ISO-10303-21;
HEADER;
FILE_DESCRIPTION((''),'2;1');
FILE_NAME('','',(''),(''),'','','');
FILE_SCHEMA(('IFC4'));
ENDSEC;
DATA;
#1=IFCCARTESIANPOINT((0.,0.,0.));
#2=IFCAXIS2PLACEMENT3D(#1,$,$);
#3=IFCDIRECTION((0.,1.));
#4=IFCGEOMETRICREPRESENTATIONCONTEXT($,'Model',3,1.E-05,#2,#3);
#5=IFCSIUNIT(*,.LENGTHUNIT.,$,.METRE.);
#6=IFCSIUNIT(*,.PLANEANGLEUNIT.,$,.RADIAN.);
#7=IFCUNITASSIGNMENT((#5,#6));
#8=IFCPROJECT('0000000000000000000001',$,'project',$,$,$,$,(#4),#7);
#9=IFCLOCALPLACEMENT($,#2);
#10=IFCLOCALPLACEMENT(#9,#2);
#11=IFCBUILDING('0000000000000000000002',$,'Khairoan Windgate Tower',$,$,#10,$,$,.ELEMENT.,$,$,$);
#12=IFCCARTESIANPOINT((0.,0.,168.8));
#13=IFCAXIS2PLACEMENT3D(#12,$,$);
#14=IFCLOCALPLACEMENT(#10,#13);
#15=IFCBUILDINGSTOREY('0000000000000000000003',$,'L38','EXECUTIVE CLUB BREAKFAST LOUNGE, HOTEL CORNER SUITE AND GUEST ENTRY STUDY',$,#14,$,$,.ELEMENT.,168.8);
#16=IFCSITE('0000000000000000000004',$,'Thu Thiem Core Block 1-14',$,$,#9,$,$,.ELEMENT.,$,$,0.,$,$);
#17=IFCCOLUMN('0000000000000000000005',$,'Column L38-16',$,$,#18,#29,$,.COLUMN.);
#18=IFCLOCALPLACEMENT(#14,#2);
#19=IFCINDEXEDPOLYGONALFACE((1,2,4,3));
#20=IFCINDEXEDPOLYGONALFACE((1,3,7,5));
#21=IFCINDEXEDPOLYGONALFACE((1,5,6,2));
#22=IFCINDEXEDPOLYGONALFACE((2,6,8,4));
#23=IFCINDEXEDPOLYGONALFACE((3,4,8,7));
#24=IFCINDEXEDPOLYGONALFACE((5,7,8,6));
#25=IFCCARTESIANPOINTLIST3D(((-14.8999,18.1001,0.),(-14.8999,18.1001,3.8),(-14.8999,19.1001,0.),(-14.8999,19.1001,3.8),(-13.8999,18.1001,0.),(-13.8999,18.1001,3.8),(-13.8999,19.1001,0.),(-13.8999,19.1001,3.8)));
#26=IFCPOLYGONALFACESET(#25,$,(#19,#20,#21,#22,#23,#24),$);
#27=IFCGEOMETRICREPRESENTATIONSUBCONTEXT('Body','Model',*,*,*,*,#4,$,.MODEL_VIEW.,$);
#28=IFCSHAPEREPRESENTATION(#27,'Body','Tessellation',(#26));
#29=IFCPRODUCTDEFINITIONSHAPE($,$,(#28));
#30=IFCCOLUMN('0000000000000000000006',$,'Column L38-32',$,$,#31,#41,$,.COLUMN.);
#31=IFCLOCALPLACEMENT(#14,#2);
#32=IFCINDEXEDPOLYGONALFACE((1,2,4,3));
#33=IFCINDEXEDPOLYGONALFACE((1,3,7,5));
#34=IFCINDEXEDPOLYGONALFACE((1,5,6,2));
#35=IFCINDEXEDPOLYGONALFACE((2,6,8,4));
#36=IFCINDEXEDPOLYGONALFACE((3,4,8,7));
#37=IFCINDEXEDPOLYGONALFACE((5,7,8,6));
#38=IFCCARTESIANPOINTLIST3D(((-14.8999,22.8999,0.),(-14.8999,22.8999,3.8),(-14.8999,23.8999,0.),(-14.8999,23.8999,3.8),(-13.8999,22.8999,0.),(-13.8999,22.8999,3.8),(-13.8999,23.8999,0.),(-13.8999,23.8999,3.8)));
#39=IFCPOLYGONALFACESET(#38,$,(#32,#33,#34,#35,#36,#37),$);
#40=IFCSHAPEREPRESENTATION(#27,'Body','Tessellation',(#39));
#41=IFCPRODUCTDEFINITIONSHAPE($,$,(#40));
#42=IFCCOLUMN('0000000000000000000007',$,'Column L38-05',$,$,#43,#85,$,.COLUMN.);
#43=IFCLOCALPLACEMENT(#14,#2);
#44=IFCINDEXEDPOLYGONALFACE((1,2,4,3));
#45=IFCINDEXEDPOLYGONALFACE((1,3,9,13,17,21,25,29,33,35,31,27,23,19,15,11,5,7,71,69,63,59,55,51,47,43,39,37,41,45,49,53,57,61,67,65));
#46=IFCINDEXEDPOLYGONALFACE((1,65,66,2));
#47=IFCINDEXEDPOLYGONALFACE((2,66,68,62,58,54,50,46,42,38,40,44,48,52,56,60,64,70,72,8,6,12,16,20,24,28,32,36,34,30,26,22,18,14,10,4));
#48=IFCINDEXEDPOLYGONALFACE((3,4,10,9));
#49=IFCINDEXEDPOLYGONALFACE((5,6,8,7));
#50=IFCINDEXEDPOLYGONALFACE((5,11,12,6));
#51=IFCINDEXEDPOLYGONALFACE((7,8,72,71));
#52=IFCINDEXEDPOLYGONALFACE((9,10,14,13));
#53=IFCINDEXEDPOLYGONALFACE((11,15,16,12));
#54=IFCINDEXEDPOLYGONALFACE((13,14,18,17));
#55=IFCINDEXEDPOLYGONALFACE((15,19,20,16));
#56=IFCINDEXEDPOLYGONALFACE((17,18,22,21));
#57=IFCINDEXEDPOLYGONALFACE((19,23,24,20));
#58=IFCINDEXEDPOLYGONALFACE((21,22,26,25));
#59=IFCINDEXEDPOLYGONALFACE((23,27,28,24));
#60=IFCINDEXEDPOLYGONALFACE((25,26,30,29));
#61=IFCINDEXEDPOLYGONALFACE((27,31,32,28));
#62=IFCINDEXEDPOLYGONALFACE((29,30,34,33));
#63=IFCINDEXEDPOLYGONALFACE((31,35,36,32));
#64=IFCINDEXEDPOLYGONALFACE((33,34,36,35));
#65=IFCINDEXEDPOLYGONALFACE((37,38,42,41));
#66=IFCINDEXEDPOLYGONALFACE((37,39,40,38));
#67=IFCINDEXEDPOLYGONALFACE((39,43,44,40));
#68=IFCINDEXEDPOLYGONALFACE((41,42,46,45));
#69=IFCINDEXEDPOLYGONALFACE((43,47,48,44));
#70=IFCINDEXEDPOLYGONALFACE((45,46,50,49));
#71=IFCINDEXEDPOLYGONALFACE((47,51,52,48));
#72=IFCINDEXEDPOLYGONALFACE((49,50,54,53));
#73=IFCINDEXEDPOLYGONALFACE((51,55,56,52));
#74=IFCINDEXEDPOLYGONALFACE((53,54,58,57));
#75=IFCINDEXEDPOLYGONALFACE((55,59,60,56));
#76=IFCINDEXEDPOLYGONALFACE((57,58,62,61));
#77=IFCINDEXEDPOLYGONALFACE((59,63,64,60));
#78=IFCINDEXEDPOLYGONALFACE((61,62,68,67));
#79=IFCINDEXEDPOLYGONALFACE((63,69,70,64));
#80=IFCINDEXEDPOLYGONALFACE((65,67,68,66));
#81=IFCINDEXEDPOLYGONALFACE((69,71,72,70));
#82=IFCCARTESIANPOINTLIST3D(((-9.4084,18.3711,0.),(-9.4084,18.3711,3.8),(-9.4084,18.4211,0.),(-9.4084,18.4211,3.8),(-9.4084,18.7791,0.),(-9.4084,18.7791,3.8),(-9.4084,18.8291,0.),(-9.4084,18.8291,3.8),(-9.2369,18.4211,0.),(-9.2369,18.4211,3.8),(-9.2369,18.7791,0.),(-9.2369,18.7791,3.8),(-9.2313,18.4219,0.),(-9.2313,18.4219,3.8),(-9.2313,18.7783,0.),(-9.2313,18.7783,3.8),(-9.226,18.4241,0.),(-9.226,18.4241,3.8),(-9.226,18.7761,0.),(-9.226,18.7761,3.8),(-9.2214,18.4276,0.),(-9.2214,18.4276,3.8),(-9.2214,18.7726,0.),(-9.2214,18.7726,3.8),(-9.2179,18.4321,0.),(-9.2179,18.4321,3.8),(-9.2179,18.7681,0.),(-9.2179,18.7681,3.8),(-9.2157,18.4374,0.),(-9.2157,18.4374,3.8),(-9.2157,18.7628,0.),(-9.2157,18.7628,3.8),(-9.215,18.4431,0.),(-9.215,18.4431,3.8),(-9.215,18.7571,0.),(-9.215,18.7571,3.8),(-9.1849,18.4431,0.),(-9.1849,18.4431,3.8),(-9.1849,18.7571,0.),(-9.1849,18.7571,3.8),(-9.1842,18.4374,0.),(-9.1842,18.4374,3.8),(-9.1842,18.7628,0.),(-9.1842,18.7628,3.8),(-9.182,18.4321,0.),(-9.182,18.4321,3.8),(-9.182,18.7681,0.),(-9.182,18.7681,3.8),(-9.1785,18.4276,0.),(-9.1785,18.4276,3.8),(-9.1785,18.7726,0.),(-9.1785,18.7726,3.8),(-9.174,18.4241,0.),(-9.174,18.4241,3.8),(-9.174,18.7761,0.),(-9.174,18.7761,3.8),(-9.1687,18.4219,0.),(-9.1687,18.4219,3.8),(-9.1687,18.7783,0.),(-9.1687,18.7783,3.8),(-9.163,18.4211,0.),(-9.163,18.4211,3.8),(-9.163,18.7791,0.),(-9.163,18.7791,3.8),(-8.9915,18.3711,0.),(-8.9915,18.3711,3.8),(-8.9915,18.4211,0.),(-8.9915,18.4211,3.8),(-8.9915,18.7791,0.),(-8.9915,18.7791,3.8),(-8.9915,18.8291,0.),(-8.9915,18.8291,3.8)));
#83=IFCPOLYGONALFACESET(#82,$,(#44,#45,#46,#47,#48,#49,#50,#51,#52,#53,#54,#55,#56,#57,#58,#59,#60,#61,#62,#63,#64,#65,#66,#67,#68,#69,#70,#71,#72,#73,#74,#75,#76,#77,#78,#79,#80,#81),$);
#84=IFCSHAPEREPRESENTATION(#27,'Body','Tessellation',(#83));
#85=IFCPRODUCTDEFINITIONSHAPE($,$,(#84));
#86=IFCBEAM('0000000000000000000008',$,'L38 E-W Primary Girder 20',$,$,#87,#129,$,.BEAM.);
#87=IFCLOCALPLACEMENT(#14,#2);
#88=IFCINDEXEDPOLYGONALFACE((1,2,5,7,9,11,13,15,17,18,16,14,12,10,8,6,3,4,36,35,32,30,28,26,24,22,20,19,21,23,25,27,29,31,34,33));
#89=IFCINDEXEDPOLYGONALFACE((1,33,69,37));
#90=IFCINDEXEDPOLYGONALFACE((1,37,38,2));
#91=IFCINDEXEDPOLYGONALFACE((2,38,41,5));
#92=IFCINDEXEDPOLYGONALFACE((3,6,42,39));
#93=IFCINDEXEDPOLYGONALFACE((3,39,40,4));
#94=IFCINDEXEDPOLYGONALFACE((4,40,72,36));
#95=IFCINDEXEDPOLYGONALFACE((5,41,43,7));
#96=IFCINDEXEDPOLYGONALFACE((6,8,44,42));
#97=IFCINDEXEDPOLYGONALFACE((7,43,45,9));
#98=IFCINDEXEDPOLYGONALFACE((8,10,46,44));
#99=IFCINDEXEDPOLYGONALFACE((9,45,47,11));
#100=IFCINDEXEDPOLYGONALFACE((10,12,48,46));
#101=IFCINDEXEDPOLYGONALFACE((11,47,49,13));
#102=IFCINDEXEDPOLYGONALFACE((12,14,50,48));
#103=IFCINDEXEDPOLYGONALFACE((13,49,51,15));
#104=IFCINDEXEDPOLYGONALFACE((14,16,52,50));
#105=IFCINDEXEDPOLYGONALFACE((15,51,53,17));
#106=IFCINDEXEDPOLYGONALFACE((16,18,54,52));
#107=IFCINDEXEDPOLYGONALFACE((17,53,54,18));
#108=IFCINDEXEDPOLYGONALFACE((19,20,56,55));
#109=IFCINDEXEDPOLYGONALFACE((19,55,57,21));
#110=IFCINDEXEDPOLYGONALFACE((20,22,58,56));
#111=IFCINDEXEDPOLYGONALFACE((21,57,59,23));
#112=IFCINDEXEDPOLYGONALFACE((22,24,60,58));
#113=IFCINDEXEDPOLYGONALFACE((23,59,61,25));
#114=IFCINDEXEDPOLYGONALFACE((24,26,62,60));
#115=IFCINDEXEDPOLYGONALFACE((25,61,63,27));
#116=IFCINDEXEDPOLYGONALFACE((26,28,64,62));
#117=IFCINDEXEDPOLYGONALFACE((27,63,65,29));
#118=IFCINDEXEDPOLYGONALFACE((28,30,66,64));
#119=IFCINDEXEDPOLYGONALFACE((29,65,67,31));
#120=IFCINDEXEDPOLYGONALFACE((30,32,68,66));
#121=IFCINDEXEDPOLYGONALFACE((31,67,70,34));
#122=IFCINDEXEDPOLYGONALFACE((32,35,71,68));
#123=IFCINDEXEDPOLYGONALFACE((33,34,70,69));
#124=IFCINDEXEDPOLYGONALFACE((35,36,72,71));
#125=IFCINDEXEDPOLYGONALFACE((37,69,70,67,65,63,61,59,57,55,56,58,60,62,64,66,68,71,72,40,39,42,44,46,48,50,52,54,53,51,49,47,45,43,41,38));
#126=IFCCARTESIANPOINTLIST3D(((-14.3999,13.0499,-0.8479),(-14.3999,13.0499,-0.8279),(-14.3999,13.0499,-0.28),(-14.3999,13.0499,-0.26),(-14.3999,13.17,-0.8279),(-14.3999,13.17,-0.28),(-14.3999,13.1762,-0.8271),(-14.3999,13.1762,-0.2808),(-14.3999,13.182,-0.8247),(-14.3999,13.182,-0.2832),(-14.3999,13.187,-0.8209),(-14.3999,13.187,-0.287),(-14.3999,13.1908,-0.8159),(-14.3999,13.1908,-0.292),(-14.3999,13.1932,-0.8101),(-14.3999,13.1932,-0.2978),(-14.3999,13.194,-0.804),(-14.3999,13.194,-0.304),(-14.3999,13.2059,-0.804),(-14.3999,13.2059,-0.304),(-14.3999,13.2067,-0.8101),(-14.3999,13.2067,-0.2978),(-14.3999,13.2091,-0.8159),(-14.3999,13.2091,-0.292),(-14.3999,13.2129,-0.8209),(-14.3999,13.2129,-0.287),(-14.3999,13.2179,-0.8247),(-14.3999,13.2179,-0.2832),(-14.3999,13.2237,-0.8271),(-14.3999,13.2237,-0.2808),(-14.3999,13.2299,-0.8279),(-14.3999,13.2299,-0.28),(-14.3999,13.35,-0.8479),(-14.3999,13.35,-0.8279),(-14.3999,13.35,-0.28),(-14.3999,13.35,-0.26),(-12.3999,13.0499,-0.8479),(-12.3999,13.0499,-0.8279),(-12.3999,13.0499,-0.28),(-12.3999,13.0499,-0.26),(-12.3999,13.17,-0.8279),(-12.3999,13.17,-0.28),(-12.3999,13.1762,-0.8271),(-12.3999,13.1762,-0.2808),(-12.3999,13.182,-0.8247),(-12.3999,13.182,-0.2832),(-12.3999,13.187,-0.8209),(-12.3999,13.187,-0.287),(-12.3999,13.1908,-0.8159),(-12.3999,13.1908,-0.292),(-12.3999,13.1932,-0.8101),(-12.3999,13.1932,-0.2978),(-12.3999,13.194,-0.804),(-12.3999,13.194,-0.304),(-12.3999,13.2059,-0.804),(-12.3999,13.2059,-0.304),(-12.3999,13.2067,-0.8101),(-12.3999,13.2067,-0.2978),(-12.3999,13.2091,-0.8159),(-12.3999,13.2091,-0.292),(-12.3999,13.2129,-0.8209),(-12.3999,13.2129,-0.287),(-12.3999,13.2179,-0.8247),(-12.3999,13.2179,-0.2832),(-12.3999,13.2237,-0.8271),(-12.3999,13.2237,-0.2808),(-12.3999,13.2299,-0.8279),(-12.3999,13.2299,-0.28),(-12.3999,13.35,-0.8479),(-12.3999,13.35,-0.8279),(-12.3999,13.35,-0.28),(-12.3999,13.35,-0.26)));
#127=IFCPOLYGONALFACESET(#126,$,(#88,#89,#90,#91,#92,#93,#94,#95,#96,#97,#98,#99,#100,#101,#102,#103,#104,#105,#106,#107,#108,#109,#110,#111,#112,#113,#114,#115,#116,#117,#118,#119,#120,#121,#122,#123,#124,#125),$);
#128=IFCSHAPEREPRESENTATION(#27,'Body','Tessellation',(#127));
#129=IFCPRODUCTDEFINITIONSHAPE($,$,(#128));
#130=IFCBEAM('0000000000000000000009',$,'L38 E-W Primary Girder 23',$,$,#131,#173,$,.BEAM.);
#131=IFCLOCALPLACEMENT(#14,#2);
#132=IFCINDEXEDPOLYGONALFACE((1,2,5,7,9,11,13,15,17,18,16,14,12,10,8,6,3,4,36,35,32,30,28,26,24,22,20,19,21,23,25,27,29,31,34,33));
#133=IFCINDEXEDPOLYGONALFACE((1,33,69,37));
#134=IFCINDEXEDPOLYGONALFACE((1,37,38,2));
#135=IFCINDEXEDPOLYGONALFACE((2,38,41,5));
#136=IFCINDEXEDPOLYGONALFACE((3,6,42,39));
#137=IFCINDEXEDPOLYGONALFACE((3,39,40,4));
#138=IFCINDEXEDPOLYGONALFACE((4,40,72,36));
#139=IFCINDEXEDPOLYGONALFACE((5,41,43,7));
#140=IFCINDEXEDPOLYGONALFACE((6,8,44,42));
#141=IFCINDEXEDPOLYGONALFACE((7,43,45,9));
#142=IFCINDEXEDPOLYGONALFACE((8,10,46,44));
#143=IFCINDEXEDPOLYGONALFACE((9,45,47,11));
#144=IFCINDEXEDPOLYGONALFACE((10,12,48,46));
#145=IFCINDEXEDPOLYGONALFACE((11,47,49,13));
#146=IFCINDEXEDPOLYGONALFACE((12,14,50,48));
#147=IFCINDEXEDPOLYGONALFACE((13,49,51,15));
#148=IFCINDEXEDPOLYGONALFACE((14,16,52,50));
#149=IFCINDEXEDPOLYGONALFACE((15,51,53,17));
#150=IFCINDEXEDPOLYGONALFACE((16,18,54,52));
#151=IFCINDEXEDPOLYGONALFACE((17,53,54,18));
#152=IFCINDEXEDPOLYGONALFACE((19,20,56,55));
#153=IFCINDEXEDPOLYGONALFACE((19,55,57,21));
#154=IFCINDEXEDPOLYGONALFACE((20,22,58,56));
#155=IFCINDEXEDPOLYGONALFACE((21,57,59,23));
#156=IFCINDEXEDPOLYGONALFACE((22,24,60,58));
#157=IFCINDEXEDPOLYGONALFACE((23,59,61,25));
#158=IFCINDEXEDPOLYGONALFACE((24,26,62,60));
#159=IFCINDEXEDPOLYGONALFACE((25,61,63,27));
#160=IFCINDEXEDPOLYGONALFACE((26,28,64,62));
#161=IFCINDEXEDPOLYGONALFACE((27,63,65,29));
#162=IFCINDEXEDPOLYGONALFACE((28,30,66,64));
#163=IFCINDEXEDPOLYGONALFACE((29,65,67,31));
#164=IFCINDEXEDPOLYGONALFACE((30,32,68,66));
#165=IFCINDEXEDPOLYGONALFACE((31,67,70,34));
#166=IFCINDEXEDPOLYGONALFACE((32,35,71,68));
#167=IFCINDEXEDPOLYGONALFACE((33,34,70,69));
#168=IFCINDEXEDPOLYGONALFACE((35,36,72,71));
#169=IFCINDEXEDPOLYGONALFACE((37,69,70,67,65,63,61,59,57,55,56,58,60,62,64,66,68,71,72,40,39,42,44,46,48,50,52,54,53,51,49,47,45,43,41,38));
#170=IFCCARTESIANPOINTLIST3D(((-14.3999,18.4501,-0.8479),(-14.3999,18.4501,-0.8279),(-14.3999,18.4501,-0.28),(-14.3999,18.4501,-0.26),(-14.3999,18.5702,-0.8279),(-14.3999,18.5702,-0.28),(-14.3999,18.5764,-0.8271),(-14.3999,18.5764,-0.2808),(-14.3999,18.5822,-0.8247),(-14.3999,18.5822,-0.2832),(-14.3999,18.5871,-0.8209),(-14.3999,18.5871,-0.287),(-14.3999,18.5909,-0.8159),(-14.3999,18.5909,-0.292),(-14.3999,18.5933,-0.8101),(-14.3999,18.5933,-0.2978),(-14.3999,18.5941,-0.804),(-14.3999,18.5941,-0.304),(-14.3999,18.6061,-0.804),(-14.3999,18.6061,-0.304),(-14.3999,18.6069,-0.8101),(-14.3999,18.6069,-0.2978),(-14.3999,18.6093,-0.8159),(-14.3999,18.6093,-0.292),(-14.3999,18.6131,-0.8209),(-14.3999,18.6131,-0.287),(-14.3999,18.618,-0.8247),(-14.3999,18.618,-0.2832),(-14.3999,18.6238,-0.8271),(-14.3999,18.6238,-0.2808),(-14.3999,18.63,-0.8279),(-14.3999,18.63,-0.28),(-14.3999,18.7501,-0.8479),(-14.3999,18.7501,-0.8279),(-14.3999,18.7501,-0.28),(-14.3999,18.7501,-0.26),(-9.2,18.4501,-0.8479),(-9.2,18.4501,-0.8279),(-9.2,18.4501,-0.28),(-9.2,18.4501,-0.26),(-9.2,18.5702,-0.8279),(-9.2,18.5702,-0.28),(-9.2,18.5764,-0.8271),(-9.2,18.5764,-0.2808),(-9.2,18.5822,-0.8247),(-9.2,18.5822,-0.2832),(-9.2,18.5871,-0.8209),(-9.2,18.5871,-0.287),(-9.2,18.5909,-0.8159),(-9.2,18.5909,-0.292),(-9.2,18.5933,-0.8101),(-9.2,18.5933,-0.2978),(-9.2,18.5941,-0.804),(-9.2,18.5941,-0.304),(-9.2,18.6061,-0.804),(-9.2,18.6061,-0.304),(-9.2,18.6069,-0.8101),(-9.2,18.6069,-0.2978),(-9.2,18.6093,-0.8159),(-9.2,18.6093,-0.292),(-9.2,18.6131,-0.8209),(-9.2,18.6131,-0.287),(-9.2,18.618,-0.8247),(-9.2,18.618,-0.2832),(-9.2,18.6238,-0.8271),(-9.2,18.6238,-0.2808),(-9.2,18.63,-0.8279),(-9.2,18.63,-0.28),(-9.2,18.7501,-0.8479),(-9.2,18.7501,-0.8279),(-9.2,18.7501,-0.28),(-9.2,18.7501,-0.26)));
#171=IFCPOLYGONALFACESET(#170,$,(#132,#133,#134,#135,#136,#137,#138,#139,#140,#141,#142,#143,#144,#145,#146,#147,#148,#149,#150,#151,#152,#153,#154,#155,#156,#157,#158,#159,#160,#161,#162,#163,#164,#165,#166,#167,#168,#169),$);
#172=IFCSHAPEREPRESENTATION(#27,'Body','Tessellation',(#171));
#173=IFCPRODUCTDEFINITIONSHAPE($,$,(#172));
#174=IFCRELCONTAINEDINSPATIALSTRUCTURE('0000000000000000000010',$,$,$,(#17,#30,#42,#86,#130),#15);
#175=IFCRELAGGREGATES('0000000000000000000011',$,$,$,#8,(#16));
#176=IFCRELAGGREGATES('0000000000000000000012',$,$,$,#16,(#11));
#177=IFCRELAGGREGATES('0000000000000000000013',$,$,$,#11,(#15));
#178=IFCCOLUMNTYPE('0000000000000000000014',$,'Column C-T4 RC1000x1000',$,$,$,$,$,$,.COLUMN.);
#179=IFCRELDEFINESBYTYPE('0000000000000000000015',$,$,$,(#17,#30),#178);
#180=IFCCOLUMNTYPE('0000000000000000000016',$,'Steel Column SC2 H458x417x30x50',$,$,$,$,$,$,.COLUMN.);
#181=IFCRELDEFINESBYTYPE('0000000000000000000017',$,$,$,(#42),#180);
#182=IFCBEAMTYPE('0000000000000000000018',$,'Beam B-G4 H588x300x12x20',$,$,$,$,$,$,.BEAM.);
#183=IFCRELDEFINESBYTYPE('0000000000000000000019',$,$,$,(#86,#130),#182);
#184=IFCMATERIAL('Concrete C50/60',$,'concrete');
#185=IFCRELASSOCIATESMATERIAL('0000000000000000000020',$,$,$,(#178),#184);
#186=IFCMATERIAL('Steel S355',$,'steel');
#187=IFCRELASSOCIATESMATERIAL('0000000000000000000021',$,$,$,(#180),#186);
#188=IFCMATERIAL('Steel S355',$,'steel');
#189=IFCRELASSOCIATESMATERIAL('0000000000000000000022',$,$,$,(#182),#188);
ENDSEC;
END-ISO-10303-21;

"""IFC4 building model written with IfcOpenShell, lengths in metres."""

from ifc_helpers import new_model, si_unit, direction, frame, origin, origin_2d, place, context, subcontext, project, spatial, rectangle, i_section, extrude, material, material_profile, profile_set, type_object, element, save


model = new_model("IFC4")

# Units and contexts
model_context = context("Model", 3, precision=1e-05, world=origin(), true_north=direction((0.0, 1.0)))
body_context = subcontext(model_context, "Body", "Model", "MODEL_VIEW")
ifc_project = project(units=[si_unit("LENGTHUNIT", "METRE"), si_unit("PLANEANGLEUNIT", "RADIAN")], contexts=[model_context])

# Site, building, storey
site_placement = place(None, origin())
site = spatial("IfcSite", under=ifc_project, at=site_placement, Name="Thu Thiem Core Block 1-14", CompositionType="ELEMENT", RefElevation=0.0)
building_placement = place(site_placement, origin())
building = spatial("IfcBuilding", under=site, at=building_placement, Name="Khairoan Windgate Tower", CompositionType="ELEMENT")
storey_placement = place(building_placement, frame((0.0, 0.0, 168.8)))
storey = spatial("IfcBuildingStorey", under=building, at=storey_placement, Name="L38", Description="EXECUTIVE CLUB BREAKFAST LOUNGE, HOTEL CORNER SUITE AND GUEST ENTRY STUDY", CompositionType="ELEMENT", Elevation=168.8)

# Columns
ifc_material_1 = material(Name="Concrete C50/60", Category="concrete")
ifc_material_profile_1 = material_profile(ifc_material_1, rectangle(XDim=1.0, YDim=1.0, at=origin_2d()))
ifc_profile_set_1 = profile_set([ifc_material_profile_1], Name="Concrete C50/60")
column_type_1 = type_object("IfcColumnType", Name="Column C-T4 RC1000x1000", PredefinedType="COLUMN", material=ifc_profile_set_1)
for number, where, z_axis, x_axis, name in (
    (1, (-14.3999, 18.6001, 0.0), (0.0, 0.0, 1.0), (1.0, 0.0, 0.0), "Column L38-16"),
    (2, (-14.3999, 23.3999, 0.0), (0.0, 0.0, 1.0), (1.0, 0.0, 0.0), "Column L38-32"),
):
    element("IfcColumn", number, at=place(storey_placement, frame(where, z_axis=z_axis, x_axis=x_axis)), inside=storey, type_object=column_type_1, Name=name, PredefinedType="COLUMN", context=body_context, shape_type="SweptSolid", body=[
        extrude(rectangle(XDim=1.0, YDim=1.0, at=origin_2d()), origin(), (0.0, 0.0, 1.0), 3.8),
    ])
ifc_material_2 = material(Name="Steel S355", Category="steel")
ifc_material_profile_2 = material_profile(ifc_material_2, i_section(OverallWidth=0.417, OverallDepth=0.458, WebThickness=0.03, FlangeThickness=0.05, FilletRadius=0.022, at=origin_2d()))
ifc_profile_set_2 = profile_set([ifc_material_profile_2], Name="Steel S355")
column_type_2 = type_object("IfcColumnType", Name="Steel Column SC2 H458x417x30x50", PredefinedType="COLUMN", material=ifc_profile_set_2)
column_placement = place(storey_placement, frame((-9.2, 18.6001, 0.0), z_axis=(0.0, 0.0, 1.0), x_axis=(1.0, 0.0, 0.0)))
element("IfcColumn", 3, at=column_placement, inside=storey, type_object=column_type_2, Name="Column L38-05", PredefinedType="COLUMN", context=body_context, shape_type="SweptSolid", body=[
    extrude(i_section(OverallWidth=0.417, OverallDepth=0.458, WebThickness=0.03, FlangeThickness=0.05, FilletRadius=0.022, at=origin_2d()), origin(), (0.0, 0.0, 1.0), 3.8),
])

# Beams
ifc_material_3 = material(Name="Steel S355", Category="steel")
ifc_material_profile_3 = material_profile(ifc_material_3, i_section(OverallWidth=0.3, OverallDepth=0.5879, WebThickness=0.012, FlangeThickness=0.02, FilletRadius=0.0239, at=origin_2d()))
ifc_profile_set_3 = profile_set([ifc_material_profile_3], Name="Steel S355")
beam_type = type_object("IfcBeamType", Name="Beam B-G4 H588x300x12x20", PredefinedType="BEAM", material=ifc_profile_set_3)
beam_1_placement = place(storey_placement, frame((-14.3999, 13.2, -0.554), z_axis=(1.0, 0.0, 0.0), x_axis=(0.0, 1.0, 0.0)))
element("IfcBeam", 4, at=beam_1_placement, inside=storey, type_object=beam_type, Name="L38 E-W Primary Girder 20", PredefinedType="BEAM", context=body_context, shape_type="SweptSolid", body=[
    extrude(i_section(OverallWidth=0.3, OverallDepth=0.5879, WebThickness=0.012, FlangeThickness=0.02, FilletRadius=0.0239, at=origin_2d()), origin(), (0.0, 0.0, 1.0), 2.0),
])
beam_2_placement = place(storey_placement, frame((-14.3999, 18.6001, -0.554), z_axis=(1.0, 0.0, 0.0), x_axis=(0.0, 1.0, 0.0)))
element("IfcBeam", 5, at=beam_2_placement, inside=storey, type_object=beam_type, Name="L38 E-W Primary Girder 23", PredefinedType="BEAM", context=body_context, shape_type="SweptSolid", body=[
    extrude(i_section(OverallWidth=0.3, OverallDepth=0.5879, WebThickness=0.012, FlangeThickness=0.02, FilletRadius=0.0239, at=origin_2d()), origin(), (0.0, 0.0, 1.0), 5.2),
])

save(model, "model.ifc")
